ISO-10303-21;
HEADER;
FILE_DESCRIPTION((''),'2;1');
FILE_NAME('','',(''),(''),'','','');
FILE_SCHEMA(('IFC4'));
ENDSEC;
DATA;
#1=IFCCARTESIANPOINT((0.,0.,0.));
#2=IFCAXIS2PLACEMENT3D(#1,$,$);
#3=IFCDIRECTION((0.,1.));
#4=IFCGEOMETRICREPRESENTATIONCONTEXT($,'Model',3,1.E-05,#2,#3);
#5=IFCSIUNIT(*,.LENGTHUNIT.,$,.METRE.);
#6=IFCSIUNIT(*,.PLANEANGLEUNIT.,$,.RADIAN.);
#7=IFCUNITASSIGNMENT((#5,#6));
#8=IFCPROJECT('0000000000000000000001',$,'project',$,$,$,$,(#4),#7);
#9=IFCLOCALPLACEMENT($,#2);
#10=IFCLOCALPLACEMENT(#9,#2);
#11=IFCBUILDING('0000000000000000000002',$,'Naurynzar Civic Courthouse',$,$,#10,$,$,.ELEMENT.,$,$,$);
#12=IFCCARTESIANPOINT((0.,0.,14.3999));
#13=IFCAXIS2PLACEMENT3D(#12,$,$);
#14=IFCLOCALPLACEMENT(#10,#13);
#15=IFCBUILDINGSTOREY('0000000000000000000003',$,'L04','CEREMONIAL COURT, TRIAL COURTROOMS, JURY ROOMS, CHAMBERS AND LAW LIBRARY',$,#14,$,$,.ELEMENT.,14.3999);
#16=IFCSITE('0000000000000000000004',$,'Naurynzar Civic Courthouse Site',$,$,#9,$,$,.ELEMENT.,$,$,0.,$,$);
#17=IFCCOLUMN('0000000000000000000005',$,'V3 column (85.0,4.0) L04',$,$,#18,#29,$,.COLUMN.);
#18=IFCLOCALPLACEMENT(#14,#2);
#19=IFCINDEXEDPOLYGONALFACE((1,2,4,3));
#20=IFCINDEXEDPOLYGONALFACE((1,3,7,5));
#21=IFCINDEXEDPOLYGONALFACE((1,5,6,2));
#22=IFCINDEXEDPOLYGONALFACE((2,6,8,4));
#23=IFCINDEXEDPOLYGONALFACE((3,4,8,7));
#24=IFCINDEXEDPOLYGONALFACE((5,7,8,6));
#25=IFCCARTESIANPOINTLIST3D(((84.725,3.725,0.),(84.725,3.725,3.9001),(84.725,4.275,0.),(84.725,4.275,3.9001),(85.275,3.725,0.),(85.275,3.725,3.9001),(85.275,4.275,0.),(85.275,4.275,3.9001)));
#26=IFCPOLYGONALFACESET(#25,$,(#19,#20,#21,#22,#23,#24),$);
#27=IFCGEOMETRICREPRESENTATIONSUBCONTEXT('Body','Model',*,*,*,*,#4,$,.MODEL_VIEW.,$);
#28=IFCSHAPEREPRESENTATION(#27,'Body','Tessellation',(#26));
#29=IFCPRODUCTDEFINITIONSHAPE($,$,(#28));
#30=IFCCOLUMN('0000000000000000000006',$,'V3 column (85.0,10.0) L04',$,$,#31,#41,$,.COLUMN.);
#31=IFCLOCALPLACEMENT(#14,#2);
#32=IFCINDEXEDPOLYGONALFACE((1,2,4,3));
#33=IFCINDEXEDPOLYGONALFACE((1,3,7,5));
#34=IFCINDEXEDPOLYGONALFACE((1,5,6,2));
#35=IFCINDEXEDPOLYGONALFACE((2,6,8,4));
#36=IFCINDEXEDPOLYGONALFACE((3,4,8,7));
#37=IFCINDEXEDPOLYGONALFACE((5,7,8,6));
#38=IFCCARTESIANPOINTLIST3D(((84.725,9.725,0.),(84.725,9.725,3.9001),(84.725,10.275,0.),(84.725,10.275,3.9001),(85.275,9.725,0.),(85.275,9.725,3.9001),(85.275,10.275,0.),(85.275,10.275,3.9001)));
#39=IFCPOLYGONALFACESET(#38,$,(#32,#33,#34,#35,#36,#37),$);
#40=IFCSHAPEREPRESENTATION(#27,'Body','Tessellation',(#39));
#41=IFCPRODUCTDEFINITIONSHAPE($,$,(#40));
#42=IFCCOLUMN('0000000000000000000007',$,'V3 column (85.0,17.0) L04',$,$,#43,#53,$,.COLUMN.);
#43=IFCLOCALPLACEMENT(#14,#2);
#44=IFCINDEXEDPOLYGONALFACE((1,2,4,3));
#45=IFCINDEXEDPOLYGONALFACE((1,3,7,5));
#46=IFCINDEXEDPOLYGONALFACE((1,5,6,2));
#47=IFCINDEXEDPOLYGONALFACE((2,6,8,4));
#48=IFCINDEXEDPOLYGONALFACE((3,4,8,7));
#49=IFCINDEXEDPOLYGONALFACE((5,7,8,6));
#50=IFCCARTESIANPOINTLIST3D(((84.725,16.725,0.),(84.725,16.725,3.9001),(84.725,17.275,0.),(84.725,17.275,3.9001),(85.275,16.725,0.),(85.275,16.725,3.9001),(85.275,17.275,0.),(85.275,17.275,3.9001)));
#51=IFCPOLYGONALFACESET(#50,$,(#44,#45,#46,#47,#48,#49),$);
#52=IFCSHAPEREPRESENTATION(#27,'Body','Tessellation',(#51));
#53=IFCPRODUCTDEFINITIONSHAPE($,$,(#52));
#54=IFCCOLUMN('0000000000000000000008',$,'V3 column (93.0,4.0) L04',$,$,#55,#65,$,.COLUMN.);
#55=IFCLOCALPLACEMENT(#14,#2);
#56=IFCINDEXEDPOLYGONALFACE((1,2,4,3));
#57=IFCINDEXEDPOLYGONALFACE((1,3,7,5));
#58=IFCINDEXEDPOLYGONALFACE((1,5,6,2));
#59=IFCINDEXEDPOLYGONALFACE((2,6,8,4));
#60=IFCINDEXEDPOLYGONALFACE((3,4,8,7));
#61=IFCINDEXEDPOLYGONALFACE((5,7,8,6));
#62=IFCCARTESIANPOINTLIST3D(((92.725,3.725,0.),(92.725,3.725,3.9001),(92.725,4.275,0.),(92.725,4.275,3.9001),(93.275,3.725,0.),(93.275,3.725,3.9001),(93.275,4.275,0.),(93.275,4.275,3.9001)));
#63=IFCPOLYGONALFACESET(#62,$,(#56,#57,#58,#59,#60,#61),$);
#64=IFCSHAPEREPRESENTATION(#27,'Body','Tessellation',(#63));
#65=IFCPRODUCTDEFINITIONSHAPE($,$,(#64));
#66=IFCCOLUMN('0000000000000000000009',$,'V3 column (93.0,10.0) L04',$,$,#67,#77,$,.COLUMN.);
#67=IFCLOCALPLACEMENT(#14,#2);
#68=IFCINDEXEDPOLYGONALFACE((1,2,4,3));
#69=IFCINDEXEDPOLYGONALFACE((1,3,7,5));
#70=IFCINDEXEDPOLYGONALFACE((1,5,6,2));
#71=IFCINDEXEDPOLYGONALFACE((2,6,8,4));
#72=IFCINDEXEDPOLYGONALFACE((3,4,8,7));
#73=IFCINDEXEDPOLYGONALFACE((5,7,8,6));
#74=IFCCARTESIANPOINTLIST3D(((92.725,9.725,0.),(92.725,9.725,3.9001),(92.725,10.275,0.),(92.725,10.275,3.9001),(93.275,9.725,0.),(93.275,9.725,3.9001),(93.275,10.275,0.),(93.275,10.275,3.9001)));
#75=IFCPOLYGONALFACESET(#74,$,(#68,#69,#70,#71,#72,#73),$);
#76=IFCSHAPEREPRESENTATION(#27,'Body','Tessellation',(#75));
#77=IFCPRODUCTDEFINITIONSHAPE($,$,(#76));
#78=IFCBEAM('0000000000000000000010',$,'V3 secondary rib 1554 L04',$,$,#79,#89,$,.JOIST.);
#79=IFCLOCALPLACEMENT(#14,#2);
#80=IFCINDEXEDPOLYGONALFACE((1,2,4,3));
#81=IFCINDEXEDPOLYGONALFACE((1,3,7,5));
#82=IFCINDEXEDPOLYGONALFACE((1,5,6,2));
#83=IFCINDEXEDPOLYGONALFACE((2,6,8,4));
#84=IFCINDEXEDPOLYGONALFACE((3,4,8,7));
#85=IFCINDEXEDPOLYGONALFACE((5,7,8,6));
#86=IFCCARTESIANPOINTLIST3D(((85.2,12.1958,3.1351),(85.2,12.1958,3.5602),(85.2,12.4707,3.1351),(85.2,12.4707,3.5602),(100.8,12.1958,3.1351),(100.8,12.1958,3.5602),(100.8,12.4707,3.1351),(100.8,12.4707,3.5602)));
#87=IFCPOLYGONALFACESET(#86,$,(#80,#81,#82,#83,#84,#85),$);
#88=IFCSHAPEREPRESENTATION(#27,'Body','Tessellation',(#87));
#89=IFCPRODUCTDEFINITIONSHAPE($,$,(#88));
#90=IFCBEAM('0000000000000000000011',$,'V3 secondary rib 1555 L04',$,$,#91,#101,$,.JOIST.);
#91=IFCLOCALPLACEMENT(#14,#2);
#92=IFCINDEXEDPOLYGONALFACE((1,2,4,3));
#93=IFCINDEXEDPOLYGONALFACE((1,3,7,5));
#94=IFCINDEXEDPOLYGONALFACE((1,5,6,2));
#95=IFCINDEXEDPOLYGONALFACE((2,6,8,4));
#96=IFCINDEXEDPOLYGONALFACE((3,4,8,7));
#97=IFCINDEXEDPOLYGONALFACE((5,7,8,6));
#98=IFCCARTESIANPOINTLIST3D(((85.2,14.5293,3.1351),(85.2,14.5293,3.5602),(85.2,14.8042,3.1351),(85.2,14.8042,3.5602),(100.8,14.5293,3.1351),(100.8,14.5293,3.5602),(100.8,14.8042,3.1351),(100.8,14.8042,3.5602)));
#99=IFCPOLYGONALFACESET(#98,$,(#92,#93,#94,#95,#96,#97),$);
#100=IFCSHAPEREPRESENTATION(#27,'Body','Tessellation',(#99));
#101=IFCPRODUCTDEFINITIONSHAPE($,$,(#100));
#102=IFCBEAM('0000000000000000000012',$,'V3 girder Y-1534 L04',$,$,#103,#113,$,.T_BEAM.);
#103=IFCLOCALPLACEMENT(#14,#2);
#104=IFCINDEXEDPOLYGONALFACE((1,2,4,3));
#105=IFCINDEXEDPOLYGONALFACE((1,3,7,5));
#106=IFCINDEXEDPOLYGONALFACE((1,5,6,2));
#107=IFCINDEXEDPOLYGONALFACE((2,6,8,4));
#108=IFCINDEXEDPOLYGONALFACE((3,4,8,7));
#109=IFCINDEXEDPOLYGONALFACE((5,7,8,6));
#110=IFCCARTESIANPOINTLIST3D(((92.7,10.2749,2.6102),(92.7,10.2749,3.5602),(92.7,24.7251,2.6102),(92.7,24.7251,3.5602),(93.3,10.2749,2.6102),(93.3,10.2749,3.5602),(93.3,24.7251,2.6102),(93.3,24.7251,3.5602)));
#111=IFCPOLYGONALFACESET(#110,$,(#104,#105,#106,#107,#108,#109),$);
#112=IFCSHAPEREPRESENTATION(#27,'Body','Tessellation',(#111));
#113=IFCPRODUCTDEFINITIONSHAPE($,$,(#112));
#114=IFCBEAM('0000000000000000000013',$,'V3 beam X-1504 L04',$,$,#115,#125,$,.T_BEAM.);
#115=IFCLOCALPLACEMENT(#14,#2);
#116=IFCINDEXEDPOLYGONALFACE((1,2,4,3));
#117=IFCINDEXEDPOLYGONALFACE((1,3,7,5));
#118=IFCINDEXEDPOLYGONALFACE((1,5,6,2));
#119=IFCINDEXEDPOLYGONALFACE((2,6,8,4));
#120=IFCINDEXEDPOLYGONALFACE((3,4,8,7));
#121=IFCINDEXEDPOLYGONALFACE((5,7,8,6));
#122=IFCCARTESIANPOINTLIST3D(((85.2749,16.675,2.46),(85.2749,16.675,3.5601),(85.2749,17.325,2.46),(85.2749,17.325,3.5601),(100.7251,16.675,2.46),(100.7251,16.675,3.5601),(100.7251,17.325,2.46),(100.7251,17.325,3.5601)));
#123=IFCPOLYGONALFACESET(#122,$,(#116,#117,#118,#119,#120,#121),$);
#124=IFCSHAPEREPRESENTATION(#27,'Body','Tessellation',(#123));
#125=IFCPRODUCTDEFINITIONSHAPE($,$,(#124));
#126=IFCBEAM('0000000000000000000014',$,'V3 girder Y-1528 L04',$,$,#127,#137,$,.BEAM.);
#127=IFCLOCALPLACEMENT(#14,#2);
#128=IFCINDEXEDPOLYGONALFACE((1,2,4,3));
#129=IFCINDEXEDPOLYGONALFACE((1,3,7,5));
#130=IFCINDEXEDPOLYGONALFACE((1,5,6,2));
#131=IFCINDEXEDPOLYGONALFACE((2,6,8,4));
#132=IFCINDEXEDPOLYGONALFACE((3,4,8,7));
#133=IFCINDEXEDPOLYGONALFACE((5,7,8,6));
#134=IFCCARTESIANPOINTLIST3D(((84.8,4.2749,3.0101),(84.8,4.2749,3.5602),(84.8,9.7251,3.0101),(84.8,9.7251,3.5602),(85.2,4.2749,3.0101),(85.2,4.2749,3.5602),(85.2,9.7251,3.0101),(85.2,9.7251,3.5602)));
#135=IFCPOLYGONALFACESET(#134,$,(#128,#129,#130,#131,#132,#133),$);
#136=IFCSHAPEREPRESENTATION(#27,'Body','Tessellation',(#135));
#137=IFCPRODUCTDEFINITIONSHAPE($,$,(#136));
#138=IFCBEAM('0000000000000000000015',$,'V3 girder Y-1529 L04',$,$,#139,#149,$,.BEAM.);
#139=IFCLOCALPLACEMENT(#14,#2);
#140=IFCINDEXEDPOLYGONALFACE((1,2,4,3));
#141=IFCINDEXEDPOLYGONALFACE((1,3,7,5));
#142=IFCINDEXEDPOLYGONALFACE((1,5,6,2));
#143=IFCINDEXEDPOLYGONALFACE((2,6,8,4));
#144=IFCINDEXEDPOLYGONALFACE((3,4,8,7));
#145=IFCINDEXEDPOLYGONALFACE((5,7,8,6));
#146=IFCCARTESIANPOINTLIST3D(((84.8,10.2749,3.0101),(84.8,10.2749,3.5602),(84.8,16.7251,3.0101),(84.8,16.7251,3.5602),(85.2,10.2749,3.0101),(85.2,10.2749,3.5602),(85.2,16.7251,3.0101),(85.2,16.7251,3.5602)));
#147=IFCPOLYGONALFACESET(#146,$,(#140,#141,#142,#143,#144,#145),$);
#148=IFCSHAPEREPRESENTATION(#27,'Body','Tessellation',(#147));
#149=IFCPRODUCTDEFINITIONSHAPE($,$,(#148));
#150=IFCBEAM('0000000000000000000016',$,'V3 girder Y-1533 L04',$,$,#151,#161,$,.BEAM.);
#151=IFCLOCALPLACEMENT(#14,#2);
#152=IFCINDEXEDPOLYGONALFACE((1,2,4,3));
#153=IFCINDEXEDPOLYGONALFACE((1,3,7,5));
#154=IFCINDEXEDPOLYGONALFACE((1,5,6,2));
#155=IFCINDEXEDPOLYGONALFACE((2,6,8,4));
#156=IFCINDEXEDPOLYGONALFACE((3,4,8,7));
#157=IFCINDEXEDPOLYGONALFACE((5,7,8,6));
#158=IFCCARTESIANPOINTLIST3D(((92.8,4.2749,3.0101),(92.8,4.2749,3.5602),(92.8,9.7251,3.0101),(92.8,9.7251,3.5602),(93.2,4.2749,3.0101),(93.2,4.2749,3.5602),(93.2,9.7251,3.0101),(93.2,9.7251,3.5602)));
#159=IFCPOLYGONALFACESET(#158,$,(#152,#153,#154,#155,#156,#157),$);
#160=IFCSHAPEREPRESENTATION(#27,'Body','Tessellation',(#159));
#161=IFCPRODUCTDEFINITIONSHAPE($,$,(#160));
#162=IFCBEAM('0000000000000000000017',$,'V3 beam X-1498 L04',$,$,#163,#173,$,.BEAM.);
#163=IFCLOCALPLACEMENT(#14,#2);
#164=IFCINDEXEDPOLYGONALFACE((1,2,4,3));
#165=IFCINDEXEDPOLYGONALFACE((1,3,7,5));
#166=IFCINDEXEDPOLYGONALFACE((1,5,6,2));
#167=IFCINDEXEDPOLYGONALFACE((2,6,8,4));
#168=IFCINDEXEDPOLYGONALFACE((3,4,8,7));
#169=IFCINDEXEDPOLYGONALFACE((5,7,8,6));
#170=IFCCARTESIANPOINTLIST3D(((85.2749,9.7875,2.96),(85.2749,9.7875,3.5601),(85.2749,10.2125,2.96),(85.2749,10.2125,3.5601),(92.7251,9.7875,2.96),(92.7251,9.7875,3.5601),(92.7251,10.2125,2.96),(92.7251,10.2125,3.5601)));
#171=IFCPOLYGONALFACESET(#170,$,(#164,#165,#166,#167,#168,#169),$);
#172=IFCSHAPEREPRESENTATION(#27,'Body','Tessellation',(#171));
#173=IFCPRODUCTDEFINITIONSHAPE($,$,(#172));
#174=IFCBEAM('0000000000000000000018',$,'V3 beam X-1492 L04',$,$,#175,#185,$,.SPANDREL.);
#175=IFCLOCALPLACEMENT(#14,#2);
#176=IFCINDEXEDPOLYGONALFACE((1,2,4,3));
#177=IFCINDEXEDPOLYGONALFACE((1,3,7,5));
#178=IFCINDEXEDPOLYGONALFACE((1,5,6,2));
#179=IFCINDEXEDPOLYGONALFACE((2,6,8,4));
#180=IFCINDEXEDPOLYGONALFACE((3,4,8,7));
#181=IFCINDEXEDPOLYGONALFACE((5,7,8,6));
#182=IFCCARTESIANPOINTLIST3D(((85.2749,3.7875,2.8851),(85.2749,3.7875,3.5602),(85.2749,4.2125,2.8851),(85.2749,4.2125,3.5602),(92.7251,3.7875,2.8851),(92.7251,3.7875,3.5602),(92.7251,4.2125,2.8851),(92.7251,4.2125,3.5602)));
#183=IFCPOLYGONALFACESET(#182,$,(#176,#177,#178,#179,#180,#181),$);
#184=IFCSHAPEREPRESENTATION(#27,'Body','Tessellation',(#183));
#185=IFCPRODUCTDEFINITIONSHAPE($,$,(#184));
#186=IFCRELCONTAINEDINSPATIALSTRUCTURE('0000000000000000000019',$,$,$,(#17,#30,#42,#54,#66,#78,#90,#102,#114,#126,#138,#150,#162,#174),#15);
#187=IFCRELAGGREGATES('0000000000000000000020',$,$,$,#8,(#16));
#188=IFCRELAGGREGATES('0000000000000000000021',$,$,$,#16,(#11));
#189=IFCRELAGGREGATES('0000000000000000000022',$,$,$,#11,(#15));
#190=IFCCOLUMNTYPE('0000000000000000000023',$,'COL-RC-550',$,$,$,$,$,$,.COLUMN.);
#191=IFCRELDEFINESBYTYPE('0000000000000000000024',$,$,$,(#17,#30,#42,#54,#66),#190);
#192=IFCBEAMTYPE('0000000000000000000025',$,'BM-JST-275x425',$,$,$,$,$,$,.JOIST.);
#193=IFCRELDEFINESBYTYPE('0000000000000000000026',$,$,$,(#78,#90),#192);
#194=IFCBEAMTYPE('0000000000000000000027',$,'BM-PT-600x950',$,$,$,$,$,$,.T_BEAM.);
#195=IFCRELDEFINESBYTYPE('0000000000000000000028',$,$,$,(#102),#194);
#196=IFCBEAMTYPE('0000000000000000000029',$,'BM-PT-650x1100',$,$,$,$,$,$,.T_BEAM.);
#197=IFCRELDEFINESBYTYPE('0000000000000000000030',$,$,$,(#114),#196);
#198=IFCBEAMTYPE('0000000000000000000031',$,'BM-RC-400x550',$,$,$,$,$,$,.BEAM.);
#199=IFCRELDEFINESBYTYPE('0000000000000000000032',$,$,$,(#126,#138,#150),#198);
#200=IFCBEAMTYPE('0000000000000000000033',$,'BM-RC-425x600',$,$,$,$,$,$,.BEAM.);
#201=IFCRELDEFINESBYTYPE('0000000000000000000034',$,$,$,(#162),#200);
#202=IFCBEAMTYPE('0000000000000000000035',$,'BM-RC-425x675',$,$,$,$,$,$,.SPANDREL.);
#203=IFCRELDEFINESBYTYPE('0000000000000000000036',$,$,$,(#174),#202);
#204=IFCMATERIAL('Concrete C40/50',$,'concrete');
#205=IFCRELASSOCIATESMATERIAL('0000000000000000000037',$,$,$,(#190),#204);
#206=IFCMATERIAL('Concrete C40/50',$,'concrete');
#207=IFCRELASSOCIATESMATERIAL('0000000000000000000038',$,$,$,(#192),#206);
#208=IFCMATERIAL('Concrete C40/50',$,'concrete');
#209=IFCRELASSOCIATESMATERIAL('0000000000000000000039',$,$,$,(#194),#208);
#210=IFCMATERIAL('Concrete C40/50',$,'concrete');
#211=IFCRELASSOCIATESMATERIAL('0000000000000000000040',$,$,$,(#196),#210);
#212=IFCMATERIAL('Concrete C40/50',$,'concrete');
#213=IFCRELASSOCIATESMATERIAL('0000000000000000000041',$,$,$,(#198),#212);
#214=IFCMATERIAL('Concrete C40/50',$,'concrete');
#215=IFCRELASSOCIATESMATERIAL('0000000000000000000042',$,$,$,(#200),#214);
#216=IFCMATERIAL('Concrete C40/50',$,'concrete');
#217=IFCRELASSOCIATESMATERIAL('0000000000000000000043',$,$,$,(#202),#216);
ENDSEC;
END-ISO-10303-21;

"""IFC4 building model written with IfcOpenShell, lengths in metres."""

from ifc_helpers import new_model, si_unit, direction, frame, origin, origin_2d, place, context, subcontext, project, spatial, rectangle, extrude, material, material_profile, profile_set, type_object, element, save


model = new_model("IFC4")

# Units and contexts
model_context = context("Model", 3, precision=1e-05, world=origin(), true_north=direction((0.0, 1.0)))
body_context = subcontext(model_context, "Body", "Model", "MODEL_VIEW")
ifc_project = project(units=[si_unit("LENGTHUNIT", "METRE"), si_unit("PLANEANGLEUNIT", "RADIAN")], contexts=[model_context])

# Site, building, storey
site_placement = place(None, origin())
site = spatial("IfcSite", under=ifc_project, at=site_placement, Name="Naurynzar Civic Courthouse Site", CompositionType="ELEMENT", RefElevation=0.0)
building_placement = place(site_placement, origin())
building = spatial("IfcBuilding", under=site, at=building_placement, Name="Naurynzar Civic Courthouse", CompositionType="ELEMENT")
storey_placement = place(building_placement, frame((0.0, 0.0, 14.3999)))
storey = spatial("IfcBuildingStorey", under=building, at=storey_placement, Name="L04", Description="CEREMONIAL COURT, TRIAL COURTROOMS, JURY ROOMS, CHAMBERS AND LAW LIBRARY", CompositionType="ELEMENT", Elevation=14.3999)

# Columns
ifc_material_1 = material(Name="Concrete C40/50", Category="concrete")
ifc_material_profile_1 = material_profile(ifc_material_1, rectangle(XDim=0.55, YDim=0.55, at=origin_2d()), Name="RC 550x550")
ifc_profile_set_1 = profile_set([ifc_material_profile_1], Name="Concrete C40/50")
column_type = type_object("IfcColumnType", Name="COL-RC-550", PredefinedType="COLUMN", material=ifc_profile_set_1)
for number, where, z_axis, x_axis, name in (
    (1, (85.0, 4.0, 0.0), (0.0, 0.0, 1.0), (1.0, 0.0, 0.0), "V3 column (85.0,4.0) L04"),
    (2, (85.0, 10.0, 0.0), (0.0, 0.0, 1.0), (1.0, 0.0, 0.0), "V3 column (85.0,10.0) L04"),
    (3, (85.0, 17.0, 0.0), (0.0, 0.0, 1.0), (1.0, 0.0, 0.0), "V3 column (85.0,17.0) L04"),
    (4, (93.0, 4.0, 0.0), (0.0, 0.0, 1.0), (1.0, 0.0, 0.0), "V3 column (93.0,4.0) L04"),
    (5, (93.0, 10.0, 0.0), (0.0, 0.0, 1.0), (1.0, 0.0, 0.0), "V3 column (93.0,10.0) L04"),
):
    element("IfcColumn", number, at=place(storey_placement, frame(where, z_axis=z_axis, x_axis=x_axis)), inside=storey, type_object=column_type, Name=name, PredefinedType="COLUMN", context=body_context, shape_type="SweptSolid", body=[
        extrude(rectangle(XDim=0.55, YDim=0.55, at=origin_2d()), origin(), (0.0, 0.0, 1.0), 3.9001),
    ])

# Beams
ifc_material_2 = material(Name="Concrete C40/50", Category="concrete")
ifc_material_profile_2 = material_profile(ifc_material_2, rectangle(XDim=0.2749, YDim=0.425, at=origin_2d()), Name="RCB 275x425")
ifc_profile_set_2 = profile_set([ifc_material_profile_2], Name="Concrete C40/50")
beam_type_1 = type_object("IfcBeamType", Name="BM-JST-275x425", PredefinedType="JOIST", material=ifc_profile_set_2)
for number, where, z_axis, x_axis, name in (
    (6, (85.2, 12.3333, 3.3477), (1.0, 0.0, 0.0), (0.0, 1.0, 0.0), "V3 secondary rib 1554 L04"),
    (7, (85.2, 14.6667, 3.3477), (1.0, 0.0, 0.0), (0.0, 1.0, 0.0), "V3 secondary rib 1555 L04"),
):
    element("IfcBeam", number, at=place(storey_placement, frame(where, z_axis=z_axis, x_axis=x_axis)), inside=storey, type_object=beam_type_1, Name=name, PredefinedType="JOIST", context=body_context, shape_type="SweptSolid", body=[
        extrude(rectangle(XDim=0.2749, YDim=0.425, at=origin_2d()), origin(), (0.0, 0.0, 1.0), 15.6001),
    ])
ifc_material_3 = material(Name="Concrete C40/50", Category="concrete")
ifc_material_profile_3 = material_profile(ifc_material_3, rectangle(XDim=0.6001, YDim=0.95, at=origin_2d()), Name="PTB 600x950")
ifc_profile_set_3 = profile_set([ifc_material_profile_3], Name="Concrete C40/50")
beam_type_2 = type_object("IfcBeamType", Name="BM-PT-600x950", PredefinedType="T_BEAM", material=ifc_profile_set_3)
beam_1_placement = place(storey_placement, frame((93.0, 10.2749, 3.0852), z_axis=(0.0, 1.0, 0.0), x_axis=(-1.0, 0.0, 0.0)))
element("IfcBeam", 8, at=beam_1_placement, inside=storey, type_object=beam_type_2, Name="V3 girder Y-1534 L04", PredefinedType="T_BEAM", context=body_context, shape_type="SweptSolid", body=[
    extrude(rectangle(XDim=0.6001, YDim=0.95, at=origin_2d()), origin(), (0.0, 0.0, 1.0), 14.4502),
])
ifc_material_4 = material(Name="Concrete C40/50", Category="concrete")
ifc_material_profile_4 = material_profile(ifc_material_4, rectangle(XDim=0.6499, YDim=1.1001, at=origin_2d()), Name="PTB 650x1100")
ifc_profile_set_4 = profile_set([ifc_material_profile_4], Name="Concrete C40/50")
beam_type_3 = type_object("IfcBeamType", Name="BM-PT-650x1100", PredefinedType="T_BEAM", material=ifc_profile_set_4)
beam_2_placement = place(storey_placement, frame((85.2749, 17.0, 3.01), z_axis=(1.0, 0.0, 0.0), x_axis=(0.0, 1.0, 0.0)))
element("IfcBeam", 9, at=beam_2_placement, inside=storey, type_object=beam_type_3, Name="V3 beam X-1504 L04", PredefinedType="T_BEAM", context=body_context, shape_type="SweptSolid", body=[
    extrude(rectangle(XDim=0.6499, YDim=1.1001, at=origin_2d()), origin(), (0.0, 0.0, 1.0), 15.4502),
])
ifc_material_5 = material(Name="Concrete C40/50", Category="concrete")
ifc_material_profile_5 = material_profile(ifc_material_5, rectangle(XDim=0.3999, YDim=0.55, at=origin_2d()), Name="RCB 400x550")
ifc_profile_set_5 = profile_set([ifc_material_profile_5], Name="Concrete C40/50")
beam_type_4 = type_object("IfcBeamType", Name="BM-RC-400x550", PredefinedType="BEAM", material=ifc_profile_set_5)
beam_3_placement = place(storey_placement, frame((85.0, 4.2749, 3.2852), z_axis=(0.0, 1.0, 0.0), x_axis=(-1.0, 0.0, 0.0)))
element("IfcBeam", 10, at=beam_3_placement, inside=storey, type_object=beam_type_4, Name="V3 girder Y-1528 L04", PredefinedType="BEAM", context=body_context, shape_type="SweptSolid", body=[
    extrude(rectangle(XDim=0.3999, YDim=0.55, at=origin_2d()), origin(), (0.0, 0.0, 1.0), 5.4502),
])
beam_4_placement = place(storey_placement, frame((85.0, 10.2749, 3.2852), z_axis=(0.0, 1.0, 0.0), x_axis=(-1.0, 0.0, 0.0)))
element("IfcBeam", 11, at=beam_4_placement, inside=storey, type_object=beam_type_4, Name="V3 girder Y-1529 L04", PredefinedType="BEAM", context=body_context, shape_type="SweptSolid", body=[
    extrude(rectangle(XDim=0.3999, YDim=0.55, at=origin_2d()), origin(), (0.0, 0.0, 1.0), 6.4502),
])
beam_5_placement = place(storey_placement, frame((93.0, 4.2749, 3.2852), z_axis=(0.0, 1.0, 0.0), x_axis=(-1.0, 0.0, 0.0)))
element("IfcBeam", 12, at=beam_5_placement, inside=storey, type_object=beam_type_4, Name="V3 girder Y-1533 L04", PredefinedType="BEAM", context=body_context, shape_type="SweptSolid", body=[
    extrude(rectangle(XDim=0.3999, YDim=0.55, at=origin_2d()), origin(), (0.0, 0.0, 1.0), 5.4502),
])
ifc_material_6 = material(Name="Concrete C40/50", Category="concrete")
ifc_material_profile_6 = material_profile(ifc_material_6, rectangle(XDim=0.425, YDim=0.6001, at=origin_2d()), Name="RCB 425x600")
ifc_profile_set_6 = profile_set([ifc_material_profile_6], Name="Concrete C40/50")
beam_type_5 = type_object("IfcBeamType", Name="BM-RC-425x600", PredefinedType="BEAM", material=ifc_profile_set_6)
beam_6_placement = place(storey_placement, frame((85.2749, 10.0, 3.26), z_axis=(1.0, 0.0, 0.0), x_axis=(0.0, 1.0, 0.0)))
element("IfcBeam", 13, at=beam_6_placement, inside=storey, type_object=beam_type_5, Name="V3 beam X-1498 L04", PredefinedType="BEAM", context=body_context, shape_type="SweptSolid", body=[
    extrude(rectangle(XDim=0.425, YDim=0.6001, at=origin_2d()), origin(), (0.0, 0.0, 1.0), 7.4502),
])
ifc_material_7 = material(Name="Concrete C40/50", Category="concrete")
ifc_material_profile_7 = material_profile(ifc_material_7, rectangle(XDim=0.425, YDim=0.675, at=origin_2d()), Name="RCB 425x675")
ifc_profile_set_7 = profile_set([ifc_material_profile_7], Name="Concrete C40/50")
beam_type_6 = type_object("IfcBeamType", Name="BM-RC-425x675", PredefinedType="SPANDREL", material=ifc_profile_set_7)
beam_7_placement = place(storey_placement, frame((85.2749, 4.0, 3.2227), z_axis=(1.0, 0.0, 0.0), x_axis=(0.0, 1.0, 0.0)))
element("IfcBeam", 14, at=beam_7_placement, inside=storey, type_object=beam_type_6, Name="V3 beam X-1492 L04", PredefinedType="SPANDREL", context=body_context, shape_type="SweptSolid", body=[
    extrude(rectangle(XDim=0.425, YDim=0.675, at=origin_2d()), origin(), (0.0, 0.0, 1.0), 7.4502),
])

save(model, "model.ifc")
